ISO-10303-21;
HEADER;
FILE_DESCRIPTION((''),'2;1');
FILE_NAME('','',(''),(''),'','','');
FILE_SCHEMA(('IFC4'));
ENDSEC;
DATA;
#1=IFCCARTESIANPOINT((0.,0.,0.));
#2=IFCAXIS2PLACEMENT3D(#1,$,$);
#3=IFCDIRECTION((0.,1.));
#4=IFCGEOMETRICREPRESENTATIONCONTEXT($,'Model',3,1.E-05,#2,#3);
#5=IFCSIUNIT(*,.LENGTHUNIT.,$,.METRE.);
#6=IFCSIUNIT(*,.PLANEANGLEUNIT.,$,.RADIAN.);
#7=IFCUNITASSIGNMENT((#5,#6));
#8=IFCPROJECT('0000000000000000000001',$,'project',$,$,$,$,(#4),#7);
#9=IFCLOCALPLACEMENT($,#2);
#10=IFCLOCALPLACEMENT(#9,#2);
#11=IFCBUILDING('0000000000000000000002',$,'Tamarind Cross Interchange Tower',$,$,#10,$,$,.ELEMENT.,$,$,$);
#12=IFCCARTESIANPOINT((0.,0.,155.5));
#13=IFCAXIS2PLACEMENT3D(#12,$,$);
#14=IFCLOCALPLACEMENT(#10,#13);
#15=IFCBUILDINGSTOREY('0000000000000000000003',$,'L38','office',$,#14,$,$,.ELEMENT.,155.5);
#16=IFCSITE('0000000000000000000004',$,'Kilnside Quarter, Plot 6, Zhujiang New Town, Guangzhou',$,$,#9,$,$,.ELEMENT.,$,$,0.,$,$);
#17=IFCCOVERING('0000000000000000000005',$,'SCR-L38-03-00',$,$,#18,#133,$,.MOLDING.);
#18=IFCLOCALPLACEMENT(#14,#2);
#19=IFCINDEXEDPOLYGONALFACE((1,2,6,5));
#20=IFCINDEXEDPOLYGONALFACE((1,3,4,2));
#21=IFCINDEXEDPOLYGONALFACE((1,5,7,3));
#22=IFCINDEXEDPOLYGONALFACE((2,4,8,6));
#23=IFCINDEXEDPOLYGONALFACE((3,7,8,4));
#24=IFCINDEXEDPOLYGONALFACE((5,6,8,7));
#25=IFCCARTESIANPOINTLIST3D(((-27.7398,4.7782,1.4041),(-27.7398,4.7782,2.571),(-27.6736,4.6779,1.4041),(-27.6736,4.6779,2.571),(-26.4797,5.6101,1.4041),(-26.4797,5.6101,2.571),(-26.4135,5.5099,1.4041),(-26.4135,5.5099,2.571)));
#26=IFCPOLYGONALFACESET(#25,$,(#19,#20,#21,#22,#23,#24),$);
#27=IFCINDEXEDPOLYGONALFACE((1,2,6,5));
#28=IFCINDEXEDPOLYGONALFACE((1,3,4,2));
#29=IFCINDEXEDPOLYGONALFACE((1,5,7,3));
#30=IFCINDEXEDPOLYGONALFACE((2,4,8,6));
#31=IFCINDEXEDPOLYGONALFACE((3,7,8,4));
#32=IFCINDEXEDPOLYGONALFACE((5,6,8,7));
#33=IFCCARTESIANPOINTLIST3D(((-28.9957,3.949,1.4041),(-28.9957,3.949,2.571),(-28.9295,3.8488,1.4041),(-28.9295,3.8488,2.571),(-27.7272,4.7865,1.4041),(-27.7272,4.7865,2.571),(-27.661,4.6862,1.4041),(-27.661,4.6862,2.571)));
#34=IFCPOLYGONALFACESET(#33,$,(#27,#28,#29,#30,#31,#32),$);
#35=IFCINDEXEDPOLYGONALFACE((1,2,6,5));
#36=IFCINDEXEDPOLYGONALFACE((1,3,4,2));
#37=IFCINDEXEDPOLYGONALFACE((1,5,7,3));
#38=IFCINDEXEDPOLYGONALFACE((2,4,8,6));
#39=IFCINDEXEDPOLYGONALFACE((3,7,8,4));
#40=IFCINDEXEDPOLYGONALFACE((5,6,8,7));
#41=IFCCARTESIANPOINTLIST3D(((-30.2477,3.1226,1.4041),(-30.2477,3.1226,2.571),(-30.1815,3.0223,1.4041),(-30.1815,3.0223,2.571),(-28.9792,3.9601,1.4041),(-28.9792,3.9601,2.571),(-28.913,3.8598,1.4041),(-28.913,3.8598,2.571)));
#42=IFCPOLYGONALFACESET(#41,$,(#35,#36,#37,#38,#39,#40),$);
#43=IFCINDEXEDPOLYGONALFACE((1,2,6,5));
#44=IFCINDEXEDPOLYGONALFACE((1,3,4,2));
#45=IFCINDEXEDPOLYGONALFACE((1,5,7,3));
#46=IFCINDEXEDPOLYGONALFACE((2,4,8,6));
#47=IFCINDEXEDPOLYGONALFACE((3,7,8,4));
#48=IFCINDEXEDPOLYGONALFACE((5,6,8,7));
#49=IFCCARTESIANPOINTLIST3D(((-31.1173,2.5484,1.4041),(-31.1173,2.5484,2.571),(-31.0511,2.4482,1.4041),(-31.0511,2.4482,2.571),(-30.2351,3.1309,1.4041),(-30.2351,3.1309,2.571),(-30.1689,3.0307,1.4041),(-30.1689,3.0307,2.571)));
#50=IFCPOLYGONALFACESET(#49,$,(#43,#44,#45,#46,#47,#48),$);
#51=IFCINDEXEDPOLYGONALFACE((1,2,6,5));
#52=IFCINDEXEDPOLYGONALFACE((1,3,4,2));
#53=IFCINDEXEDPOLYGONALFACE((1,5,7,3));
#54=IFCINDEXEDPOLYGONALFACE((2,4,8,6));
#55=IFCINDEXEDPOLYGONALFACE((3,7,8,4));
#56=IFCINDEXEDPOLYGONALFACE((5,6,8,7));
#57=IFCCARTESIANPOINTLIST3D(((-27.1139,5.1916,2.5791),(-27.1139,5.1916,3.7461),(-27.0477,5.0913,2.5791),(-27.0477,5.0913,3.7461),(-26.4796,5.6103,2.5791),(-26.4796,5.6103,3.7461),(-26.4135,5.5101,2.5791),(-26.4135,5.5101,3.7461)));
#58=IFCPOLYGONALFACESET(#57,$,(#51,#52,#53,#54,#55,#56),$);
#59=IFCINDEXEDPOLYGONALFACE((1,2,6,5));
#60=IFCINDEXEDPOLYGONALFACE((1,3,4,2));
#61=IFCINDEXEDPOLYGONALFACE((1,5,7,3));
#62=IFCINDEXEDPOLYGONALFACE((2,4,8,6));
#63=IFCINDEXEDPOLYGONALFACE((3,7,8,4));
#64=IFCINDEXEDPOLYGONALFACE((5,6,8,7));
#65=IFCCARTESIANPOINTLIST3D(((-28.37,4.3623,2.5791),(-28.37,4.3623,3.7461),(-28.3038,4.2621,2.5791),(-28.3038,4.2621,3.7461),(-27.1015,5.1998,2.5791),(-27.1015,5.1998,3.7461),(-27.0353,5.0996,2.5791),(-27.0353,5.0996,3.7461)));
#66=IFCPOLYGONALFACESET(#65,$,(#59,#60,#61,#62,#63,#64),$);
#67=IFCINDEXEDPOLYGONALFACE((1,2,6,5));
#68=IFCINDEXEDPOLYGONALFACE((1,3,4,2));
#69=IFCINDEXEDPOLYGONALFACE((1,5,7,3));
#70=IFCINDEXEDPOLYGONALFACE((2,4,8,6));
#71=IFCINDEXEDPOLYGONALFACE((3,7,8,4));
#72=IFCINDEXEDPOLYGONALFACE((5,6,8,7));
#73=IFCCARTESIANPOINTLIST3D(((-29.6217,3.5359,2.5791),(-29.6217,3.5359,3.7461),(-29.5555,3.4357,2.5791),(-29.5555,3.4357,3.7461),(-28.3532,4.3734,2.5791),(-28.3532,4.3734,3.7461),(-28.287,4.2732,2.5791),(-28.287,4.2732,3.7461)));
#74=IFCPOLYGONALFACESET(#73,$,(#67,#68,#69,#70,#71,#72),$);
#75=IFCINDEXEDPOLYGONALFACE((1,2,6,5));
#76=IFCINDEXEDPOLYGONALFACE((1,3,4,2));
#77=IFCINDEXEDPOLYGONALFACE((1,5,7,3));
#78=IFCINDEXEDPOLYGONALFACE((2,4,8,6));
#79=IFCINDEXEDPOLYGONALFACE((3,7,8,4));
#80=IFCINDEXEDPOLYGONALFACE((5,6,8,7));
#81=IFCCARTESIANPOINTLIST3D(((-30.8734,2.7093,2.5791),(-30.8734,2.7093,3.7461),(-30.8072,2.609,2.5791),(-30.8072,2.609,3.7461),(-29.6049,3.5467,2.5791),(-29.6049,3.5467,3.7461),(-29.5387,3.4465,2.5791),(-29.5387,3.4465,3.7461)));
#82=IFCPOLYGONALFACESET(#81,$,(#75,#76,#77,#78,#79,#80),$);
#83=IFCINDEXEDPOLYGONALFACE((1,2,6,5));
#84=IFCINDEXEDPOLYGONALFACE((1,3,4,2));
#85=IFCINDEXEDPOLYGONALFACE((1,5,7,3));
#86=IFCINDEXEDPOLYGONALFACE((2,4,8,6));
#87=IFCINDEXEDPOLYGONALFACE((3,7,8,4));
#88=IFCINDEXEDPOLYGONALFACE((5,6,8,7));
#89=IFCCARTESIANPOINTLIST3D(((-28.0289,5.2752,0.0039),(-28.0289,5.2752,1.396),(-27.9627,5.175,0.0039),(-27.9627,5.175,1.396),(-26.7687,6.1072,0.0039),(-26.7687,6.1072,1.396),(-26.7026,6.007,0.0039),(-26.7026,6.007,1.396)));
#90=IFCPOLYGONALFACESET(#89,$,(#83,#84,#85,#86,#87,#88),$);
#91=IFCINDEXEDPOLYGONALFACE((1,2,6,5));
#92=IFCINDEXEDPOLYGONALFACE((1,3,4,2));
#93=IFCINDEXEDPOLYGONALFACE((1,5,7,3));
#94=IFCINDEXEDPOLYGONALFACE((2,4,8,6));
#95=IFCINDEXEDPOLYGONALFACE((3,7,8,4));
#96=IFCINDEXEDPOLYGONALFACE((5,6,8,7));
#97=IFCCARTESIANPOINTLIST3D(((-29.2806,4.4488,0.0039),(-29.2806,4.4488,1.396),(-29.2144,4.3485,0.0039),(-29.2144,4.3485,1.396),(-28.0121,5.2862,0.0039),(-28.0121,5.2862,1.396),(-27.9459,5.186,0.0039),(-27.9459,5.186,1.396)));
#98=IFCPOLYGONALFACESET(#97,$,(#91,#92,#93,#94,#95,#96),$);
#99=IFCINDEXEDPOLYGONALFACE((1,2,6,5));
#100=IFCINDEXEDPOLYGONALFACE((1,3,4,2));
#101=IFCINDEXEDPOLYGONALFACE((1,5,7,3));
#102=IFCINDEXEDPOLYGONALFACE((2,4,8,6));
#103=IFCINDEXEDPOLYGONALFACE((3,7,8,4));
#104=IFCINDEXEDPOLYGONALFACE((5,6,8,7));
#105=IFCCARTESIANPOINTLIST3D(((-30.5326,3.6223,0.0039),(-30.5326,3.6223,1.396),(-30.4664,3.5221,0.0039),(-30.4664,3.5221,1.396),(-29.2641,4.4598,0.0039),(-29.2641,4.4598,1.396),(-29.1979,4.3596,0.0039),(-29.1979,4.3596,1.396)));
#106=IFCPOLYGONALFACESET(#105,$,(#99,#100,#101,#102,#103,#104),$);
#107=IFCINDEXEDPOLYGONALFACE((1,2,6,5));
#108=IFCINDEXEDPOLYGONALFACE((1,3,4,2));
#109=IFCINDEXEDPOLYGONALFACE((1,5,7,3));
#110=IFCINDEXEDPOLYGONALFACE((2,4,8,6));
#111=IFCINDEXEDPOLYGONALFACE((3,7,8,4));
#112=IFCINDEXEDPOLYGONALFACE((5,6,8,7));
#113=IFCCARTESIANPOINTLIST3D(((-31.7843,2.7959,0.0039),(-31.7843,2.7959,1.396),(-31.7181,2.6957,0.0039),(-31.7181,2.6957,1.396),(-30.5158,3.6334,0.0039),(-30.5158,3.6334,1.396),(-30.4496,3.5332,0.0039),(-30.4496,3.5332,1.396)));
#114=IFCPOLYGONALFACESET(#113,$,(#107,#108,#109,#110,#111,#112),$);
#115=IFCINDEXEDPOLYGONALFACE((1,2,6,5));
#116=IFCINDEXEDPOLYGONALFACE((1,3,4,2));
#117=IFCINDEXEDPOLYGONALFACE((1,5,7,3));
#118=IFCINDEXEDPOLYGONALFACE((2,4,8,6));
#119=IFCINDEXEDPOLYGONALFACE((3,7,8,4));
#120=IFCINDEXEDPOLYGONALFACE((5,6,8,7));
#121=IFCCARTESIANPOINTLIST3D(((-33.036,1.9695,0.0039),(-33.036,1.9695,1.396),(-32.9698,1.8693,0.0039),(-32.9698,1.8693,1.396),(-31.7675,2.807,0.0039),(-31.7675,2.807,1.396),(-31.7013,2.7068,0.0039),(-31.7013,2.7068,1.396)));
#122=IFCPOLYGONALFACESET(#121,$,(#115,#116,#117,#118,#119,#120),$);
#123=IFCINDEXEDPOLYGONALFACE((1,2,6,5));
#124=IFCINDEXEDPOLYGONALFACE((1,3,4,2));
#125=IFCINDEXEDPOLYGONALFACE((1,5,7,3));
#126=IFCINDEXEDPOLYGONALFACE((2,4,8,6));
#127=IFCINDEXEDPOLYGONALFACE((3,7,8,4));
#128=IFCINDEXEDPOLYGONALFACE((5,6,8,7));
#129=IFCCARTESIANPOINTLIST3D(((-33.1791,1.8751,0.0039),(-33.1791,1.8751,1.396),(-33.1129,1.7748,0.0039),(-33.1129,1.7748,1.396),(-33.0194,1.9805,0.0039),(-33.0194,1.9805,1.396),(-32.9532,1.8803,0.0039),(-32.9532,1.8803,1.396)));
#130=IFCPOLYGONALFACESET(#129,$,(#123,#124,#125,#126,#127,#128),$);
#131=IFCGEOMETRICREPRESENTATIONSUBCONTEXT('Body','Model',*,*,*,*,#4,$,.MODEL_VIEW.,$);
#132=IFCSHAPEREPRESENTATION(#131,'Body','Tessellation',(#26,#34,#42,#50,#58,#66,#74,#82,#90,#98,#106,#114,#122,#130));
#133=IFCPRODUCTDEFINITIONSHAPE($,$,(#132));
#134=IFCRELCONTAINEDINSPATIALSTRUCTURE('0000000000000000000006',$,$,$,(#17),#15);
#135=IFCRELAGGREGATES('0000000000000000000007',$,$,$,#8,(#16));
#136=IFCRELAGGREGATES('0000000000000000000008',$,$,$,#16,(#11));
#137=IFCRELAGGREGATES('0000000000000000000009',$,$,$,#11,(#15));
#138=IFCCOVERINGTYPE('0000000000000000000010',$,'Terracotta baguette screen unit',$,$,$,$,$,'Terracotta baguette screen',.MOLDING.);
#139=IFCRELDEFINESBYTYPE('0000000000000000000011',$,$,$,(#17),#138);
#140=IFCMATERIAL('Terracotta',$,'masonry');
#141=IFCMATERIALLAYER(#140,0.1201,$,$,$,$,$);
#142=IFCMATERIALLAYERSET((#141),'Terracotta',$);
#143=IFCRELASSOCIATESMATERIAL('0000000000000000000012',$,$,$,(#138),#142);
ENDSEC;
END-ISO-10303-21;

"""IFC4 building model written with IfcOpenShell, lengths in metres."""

from ifc_helpers import new_model, si_unit, direction, frame, origin, origin_2d, place, context, subcontext, project, spatial, rectangle, extrude, material, layer, layer_set, type_object, element, save


model = new_model("IFC4")

# Units and contexts
model_context = context("Model", 3, precision=1e-05, world=origin(), true_north=direction((0.0, 1.0)))
body_context = subcontext(model_context, "Body", "Model", "MODEL_VIEW")
ifc_project = project(units=[si_unit("LENGTHUNIT", "METRE"), si_unit("PLANEANGLEUNIT", "RADIAN")], contexts=[model_context])

# Site, building, storey
site_placement = place(None, origin())
site = spatial("IfcSite", under=ifc_project, at=site_placement, Name="Kilnside Quarter, Plot 6, Zhujiang New Town, Guangzhou", CompositionType="ELEMENT", RefElevation=0.0)
building_placement = place(site_placement, origin())
building = spatial("IfcBuilding", under=site, at=building_placement, Name="Tamarind Cross Interchange Tower", CompositionType="ELEMENT")
storey_placement = place(building_placement, frame((0.0, 0.0, 155.5)))
storey = spatial("IfcBuildingStorey", under=building, at=storey_placement, Name="L38", Description="office", CompositionType="ELEMENT", Elevation=155.5)

# Covering
ifc_material_1 = material(Name="Terracotta", Category="masonry")
ifc_layer_1 = layer(ifc_material_1, 0.1201)
ifc_layer_set_1 = layer_set([ifc_layer_1], Name="Terracotta")
covering_type = type_object("IfcCoveringType", Name="Terracotta baguette screen unit", ElementType="Terracotta baguette screen", PredefinedType="MOLDING", material=ifc_layer_set_1)
covering_1_placement = place(storey_placement, origin())
element("IfcCovering", 1, at=covering_1_placement, inside=storey, type_object=covering_type, Name="SCR-L38-03-00", PredefinedType="MOLDING", context=body_context, shape_type="SweptSolid", body=[
    extrude(rectangle(XDim=1.51, YDim=0.1201, at=origin_2d()), frame((-27.0767, 5.144, 1.4041), z_axis=(0.0, 0.0, 1.0), x_axis=(-0.834525, -0.55097, 0.0)), (0.0, 0.0, 1.0), 1.167),
    extrude(rectangle(XDim=1.52, YDim=0.1201, at=origin_2d()), frame((-28.3284, 4.3176, 1.4041), z_axis=(0.0, 0.0, 1.0), x_axis=(-0.834525, -0.55097, 0.0)), (0.0, 0.0, 1.0), 1.167),
    extrude(rectangle(XDim=1.52, YDim=0.1201, at=origin_2d()), frame((-29.5803, 3.4912, 1.4041), z_axis=(0.0, 0.0, 1.0), x_axis=(-0.834525, -0.55097, 0.0)), (0.0, 0.0, 1.0), 1.167),
    extrude(rectangle(XDim=1.0571, YDim=0.1201, at=origin_2d()), frame((-30.6431, 2.7896, 1.4041), z_axis=(0.0, 0.0, 1.0), x_axis=(-0.834525, -0.55097, 0.0)), (0.0, 0.0, 1.0), 1.167),
    extrude(rectangle(XDim=0.76, YDim=0.1201, at=origin_2d()), frame((-26.7637, 5.3508, 2.5791), z_axis=(0.0, 0.0, 1.0), x_axis=(-0.834525, -0.55097, 0.0)), (0.0, 0.0, 1.0), 1.167),
    extrude(rectangle(XDim=1.52, YDim=0.1201, at=origin_2d()), frame((-27.7026, 4.731, 2.5791), z_axis=(0.0, 0.0, 1.0), x_axis=(-0.834525, -0.55097, 0.0)), (0.0, 0.0, 1.0), 1.167),
    extrude(rectangle(XDim=1.52, YDim=0.1201, at=origin_2d()), frame((-28.9543, 3.9045, 2.5791), z_axis=(0.0, 0.0, 1.0), x_axis=(-0.834525, -0.55097, 0.0)), (0.0, 0.0, 1.0), 1.167),
    extrude(rectangle(XDim=1.52, YDim=0.1201, at=origin_2d()), frame((-30.2061, 3.0779, 2.5791), z_axis=(0.0, 0.0, 1.0), x_axis=(-0.834525, -0.55097, 0.0)), (0.0, 0.0, 1.0), 1.167),
    extrude(rectangle(XDim=1.51, YDim=0.1201, at=origin_2d()), frame((-27.3657, 5.6411, 0.0039), z_axis=(0.0, 0.0, 1.0), x_axis=(-0.834525, -0.55097, 0.0)), (0.0, 0.0, 1.0), 1.3921),
    extrude(rectangle(XDim=1.52, YDim=0.1201, at=origin_2d()), frame((-28.6133, 4.8174, 0.0039), z_axis=(0.0, 0.0, 1.0), x_axis=(-0.834525, -0.55097, 0.0)), (0.0, 0.0, 1.0), 1.3921),
    extrude(rectangle(XDim=1.52, YDim=0.1201, at=origin_2d()), frame((-29.8652, 3.991, 0.0039), z_axis=(0.0, 0.0, 1.0), x_axis=(-0.834525, -0.55097, 0.0)), (0.0, 0.0, 1.0), 1.3921),
    extrude(rectangle(XDim=1.52, YDim=0.1201, at=origin_2d()), frame((-31.1169, 3.1646, 0.0039), z_axis=(0.0, 0.0, 1.0), x_axis=(-0.834525, -0.55097, 0.0)), (0.0, 0.0, 1.0), 1.3921),
    extrude(rectangle(XDim=1.52, YDim=0.1201, at=origin_2d()), frame((-32.3687, 2.3381, 0.0039), z_axis=(0.0, 0.0, 1.0), x_axis=(-0.834525, -0.55097, 0.0)), (0.0, 0.0, 1.0), 1.3921),
    extrude(rectangle(XDim=0.1914, YDim=0.1201, at=origin_2d()), frame((-33.0662, 1.8777, 0.0039), z_axis=(0.0, 0.0, 1.0), x_axis=(-0.834525, -0.55097, 0.0)), (0.0, 0.0, 1.0), 1.3921),
])

save(model, "model.ifc")
